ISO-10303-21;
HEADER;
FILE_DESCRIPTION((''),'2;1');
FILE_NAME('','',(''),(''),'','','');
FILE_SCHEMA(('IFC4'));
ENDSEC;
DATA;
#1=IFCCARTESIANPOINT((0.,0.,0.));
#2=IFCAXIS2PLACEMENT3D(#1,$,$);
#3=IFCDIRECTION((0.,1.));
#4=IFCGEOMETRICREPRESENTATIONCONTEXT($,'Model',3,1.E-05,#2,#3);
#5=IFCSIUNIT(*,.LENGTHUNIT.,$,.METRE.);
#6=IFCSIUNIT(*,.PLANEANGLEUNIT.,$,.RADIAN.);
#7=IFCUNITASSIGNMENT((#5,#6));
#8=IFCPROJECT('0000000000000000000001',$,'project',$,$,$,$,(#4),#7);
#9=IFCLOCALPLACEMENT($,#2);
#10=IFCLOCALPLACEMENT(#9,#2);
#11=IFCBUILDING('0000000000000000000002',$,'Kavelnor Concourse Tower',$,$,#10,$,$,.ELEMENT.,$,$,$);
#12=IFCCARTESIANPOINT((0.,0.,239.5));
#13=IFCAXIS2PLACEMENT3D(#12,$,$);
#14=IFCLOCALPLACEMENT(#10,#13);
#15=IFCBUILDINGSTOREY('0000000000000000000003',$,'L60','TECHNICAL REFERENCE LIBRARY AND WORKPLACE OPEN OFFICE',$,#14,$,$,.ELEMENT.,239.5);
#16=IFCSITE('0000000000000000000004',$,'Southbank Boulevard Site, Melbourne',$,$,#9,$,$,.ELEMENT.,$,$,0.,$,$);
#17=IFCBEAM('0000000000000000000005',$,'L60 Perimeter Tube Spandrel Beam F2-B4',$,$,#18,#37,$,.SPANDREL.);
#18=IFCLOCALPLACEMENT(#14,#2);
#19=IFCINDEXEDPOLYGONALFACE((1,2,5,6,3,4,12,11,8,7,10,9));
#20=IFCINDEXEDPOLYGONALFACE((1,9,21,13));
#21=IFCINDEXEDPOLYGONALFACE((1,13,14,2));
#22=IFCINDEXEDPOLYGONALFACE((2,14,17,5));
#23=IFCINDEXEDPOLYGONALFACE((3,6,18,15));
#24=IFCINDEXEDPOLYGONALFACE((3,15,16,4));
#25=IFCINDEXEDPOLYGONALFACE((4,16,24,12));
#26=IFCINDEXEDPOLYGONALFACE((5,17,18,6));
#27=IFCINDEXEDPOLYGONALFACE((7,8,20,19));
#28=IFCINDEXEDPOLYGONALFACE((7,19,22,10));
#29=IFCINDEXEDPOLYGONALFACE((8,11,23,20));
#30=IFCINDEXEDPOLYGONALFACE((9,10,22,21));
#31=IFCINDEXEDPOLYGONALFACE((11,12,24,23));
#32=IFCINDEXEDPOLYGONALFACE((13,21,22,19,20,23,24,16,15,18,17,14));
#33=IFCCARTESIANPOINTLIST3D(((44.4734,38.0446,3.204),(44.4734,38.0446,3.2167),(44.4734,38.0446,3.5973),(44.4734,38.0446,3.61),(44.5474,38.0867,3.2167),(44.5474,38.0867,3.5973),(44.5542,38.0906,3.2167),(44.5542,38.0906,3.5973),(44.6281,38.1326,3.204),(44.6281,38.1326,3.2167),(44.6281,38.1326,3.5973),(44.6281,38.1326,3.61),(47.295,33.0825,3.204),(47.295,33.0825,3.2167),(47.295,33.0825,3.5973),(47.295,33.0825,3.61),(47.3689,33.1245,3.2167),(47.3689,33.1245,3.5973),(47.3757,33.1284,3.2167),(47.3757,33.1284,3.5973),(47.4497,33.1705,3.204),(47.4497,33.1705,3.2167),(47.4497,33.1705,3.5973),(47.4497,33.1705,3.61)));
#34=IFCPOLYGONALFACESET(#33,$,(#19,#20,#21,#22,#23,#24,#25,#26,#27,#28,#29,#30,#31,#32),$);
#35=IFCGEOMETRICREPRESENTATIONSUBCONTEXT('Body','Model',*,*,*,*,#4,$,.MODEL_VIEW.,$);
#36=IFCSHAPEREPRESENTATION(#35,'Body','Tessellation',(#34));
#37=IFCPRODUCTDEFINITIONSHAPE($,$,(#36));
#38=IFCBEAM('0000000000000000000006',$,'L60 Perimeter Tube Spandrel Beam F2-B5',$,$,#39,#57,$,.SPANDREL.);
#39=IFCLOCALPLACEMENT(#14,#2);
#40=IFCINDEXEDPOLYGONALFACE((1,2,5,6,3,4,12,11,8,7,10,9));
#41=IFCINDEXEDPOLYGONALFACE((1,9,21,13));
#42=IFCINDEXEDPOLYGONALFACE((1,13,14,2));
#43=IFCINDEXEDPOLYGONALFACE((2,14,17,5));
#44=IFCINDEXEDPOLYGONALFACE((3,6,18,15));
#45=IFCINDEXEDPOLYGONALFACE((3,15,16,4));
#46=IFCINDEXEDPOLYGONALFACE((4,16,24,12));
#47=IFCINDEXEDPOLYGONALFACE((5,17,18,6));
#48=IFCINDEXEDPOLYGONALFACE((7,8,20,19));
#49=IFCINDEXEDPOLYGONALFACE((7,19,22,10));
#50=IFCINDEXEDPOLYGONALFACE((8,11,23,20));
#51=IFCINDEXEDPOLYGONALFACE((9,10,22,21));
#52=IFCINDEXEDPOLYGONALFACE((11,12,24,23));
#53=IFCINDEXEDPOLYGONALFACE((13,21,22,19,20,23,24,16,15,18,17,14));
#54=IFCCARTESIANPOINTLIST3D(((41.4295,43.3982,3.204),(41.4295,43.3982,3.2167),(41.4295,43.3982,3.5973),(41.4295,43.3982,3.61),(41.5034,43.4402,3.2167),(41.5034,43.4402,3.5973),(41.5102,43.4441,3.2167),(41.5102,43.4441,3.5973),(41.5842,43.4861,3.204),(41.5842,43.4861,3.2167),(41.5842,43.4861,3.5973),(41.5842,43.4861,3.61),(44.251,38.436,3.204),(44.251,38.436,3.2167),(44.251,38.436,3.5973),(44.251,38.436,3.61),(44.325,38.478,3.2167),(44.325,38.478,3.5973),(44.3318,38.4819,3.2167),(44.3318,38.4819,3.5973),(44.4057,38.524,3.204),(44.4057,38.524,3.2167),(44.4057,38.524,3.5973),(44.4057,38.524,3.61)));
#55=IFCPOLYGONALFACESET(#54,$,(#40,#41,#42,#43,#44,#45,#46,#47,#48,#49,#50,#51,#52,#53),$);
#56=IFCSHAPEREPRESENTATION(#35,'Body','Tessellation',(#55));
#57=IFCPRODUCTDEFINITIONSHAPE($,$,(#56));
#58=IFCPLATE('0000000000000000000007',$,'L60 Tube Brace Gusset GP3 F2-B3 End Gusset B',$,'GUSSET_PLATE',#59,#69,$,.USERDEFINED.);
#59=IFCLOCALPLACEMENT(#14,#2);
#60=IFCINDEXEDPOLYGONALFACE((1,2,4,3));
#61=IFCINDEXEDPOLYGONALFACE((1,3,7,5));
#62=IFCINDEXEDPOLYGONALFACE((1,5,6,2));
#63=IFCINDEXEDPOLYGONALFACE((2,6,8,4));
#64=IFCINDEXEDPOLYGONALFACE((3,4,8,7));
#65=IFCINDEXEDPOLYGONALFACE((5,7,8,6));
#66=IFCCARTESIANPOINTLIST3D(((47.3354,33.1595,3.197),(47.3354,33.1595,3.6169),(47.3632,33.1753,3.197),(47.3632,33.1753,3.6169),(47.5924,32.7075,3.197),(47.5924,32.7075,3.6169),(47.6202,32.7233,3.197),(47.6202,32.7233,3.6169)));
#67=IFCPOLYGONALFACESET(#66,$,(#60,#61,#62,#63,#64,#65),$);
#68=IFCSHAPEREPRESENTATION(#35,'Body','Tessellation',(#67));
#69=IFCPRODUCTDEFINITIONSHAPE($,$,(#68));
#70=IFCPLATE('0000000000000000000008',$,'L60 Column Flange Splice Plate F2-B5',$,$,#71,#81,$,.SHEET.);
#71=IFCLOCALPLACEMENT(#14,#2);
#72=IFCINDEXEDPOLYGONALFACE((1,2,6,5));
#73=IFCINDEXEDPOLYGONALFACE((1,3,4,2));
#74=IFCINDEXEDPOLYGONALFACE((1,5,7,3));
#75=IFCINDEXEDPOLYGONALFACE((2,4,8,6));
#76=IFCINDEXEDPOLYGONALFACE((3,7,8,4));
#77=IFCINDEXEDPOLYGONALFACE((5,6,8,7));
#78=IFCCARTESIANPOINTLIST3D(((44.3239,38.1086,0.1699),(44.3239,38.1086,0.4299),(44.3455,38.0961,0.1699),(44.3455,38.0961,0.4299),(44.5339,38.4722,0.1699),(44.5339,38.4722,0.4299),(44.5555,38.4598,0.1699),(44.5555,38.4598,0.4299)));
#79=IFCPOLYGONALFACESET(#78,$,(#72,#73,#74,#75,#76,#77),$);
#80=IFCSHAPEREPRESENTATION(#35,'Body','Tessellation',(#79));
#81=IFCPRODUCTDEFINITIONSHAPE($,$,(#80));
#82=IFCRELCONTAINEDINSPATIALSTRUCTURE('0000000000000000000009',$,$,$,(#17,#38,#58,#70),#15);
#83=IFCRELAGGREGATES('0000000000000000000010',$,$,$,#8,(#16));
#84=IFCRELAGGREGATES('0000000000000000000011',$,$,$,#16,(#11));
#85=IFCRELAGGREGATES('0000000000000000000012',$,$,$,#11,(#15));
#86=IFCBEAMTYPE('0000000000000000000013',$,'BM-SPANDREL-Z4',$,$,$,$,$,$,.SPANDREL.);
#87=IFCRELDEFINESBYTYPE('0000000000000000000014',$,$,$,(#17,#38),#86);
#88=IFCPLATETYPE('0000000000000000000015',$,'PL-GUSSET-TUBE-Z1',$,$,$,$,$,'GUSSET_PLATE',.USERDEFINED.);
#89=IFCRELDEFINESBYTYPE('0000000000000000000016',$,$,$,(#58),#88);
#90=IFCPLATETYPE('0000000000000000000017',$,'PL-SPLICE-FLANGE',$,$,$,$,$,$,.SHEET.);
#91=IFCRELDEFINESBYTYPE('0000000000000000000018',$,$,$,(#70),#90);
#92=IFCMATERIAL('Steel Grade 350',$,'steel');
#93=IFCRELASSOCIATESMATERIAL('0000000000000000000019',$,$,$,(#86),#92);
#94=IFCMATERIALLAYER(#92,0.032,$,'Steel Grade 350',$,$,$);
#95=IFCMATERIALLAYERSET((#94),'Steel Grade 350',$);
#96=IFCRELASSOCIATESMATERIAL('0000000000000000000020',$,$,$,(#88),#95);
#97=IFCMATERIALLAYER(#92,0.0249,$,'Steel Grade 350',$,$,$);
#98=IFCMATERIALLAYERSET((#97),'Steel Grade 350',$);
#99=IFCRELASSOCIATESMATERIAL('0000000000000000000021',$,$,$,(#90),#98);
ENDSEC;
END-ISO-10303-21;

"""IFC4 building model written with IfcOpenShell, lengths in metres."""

from ifc_helpers import new_model, si_unit, direction, frame, origin, origin_2d, place, context, subcontext, project, spatial, rectangle, i_section, extrude, material, layer, layer_set, material_profile, profile_set, type_object, element, save


model = new_model("IFC4")

# Units and contexts
model_context = context("Model", 3, precision=1e-05, world=origin(), true_north=direction((0.0, 1.0)))
body_context = subcontext(model_context, "Body", "Model", "MODEL_VIEW")
ifc_project = project(units=[si_unit("LENGTHUNIT", "METRE"), si_unit("PLANEANGLEUNIT", "RADIAN")], contexts=[model_context])

# Site, building, storey
site_placement = place(None, origin())
site = spatial("IfcSite", under=ifc_project, at=site_placement, Name="Southbank Boulevard Site, Melbourne", CompositionType="ELEMENT", RefElevation=0.0)
building_placement = place(site_placement, origin())
building = spatial("IfcBuilding", under=site, at=building_placement, Name="Kavelnor Concourse Tower", CompositionType="ELEMENT")
storey_placement = place(building_placement, frame((0.0, 0.0, 239.5)))
storey = spatial("IfcBuildingStorey", under=building, at=storey_placement, Name="L60", Description="TECHNICAL REFERENCE LIBRARY AND WORKPLACE OPEN OFFICE", CompositionType="ELEMENT", Elevation=239.5)

# Shared definitions
ifc_material_1 = material(Name="Steel Grade 350", Category="steel")

# Beams
ifc_material_profile_1 = material_profile(ifc_material_1, i_section(OverallWidth=0.178, OverallDepth=0.406, WebThickness=0.0078, FlangeThickness=0.0127, at=origin_2d()), Name="410UB59")
ifc_profile_set_1 = profile_set([ifc_material_profile_1], Name="Steel Grade 350")
beam_type_1 = type_object("IfcBeamType", Name="BM-SPANDREL-Z4", PredefinedType="SPANDREL", material=ifc_profile_set_1)
for number, where, z_axis, x_axis, name in (
    (1, (47.3723, 33.1265, 3.407), (-0.494291, 0.869297, 0.0), (-0.869297, -0.494291, 0.0), "L60 Perimeter Tube Spandrel Beam F2-B4"),
    (2, (44.3284, 38.48, 3.407), (-0.494291, 0.869297, 0.0), (-0.869297, -0.494291, 0.0), "L60 Perimeter Tube Spandrel Beam F2-B5"),
):
    element("IfcBeam", number, at=place(storey_placement, frame(where, z_axis=z_axis, x_axis=x_axis)), inside=storey, type_object=beam_type_1, Name=name, PredefinedType="SPANDREL", context=body_context, shape_type="SweptSolid", body=[
        extrude(i_section(OverallWidth=0.178, OverallDepth=0.406, WebThickness=0.0078, FlangeThickness=0.0127, at=origin_2d()), origin(), (0.0, 0.0, 1.0), 5.7083),
    ])

# Plates
ifc_layer_1 = layer(ifc_material_1, 0.032, Name="Steel Grade 350")
ifc_layer_set_1 = layer_set([ifc_layer_1], Name="Steel Grade 350")
plate_type_1 = type_object("IfcPlateType", Name="PL-GUSSET-TUBE-Z1", ElementType="GUSSET_PLATE", PredefinedType="USERDEFINED", material=ifc_layer_set_1)
plate_1_placement = place(storey_placement, frame((47.4778, 32.9414, 3.197), z_axis=(0.0, 0.0, 1.0), x_axis=(-0.494245, 0.869322, 0.0)))
element("IfcPlate", 3, at=plate_1_placement, inside=storey, type_object=plate_type_1, Name="L60 Tube Brace Gusset GP3 F2-B3 End Gusset B", ObjectType="GUSSET_PLATE", PredefinedType="USERDEFINED", context=body_context, shape_type="SweptSolid", body=[
    extrude(rectangle(XDim=0.52, YDim=0.032, at=origin_2d()), origin(), (0.0, 0.0, 1.0), 0.4199),
])
ifc_layer_2 = layer(ifc_material_1, 0.0249, Name="Steel Grade 350")
ifc_layer_set_2 = layer_set([ifc_layer_2], Name="Steel Grade 350")
plate_type_2 = type_object("IfcPlateType", Name="PL-SPLICE-FLANGE", PredefinedType="SHEET", material=ifc_layer_set_2)
plate_2_placement = place(storey_placement, frame((44.4397, 38.2842, 0.1699), z_axis=(0.0, 0.0, 1.0), x_axis=(-0.5, -0.866025, 0.0)))
element("IfcPlate", 4, at=plate_2_placement, inside=storey, type_object=plate_type_2, Name="L60 Column Flange Splice Plate F2-B5", PredefinedType="SHEET", context=body_context, shape_type="SweptSolid", body=[
    extrude(rectangle(XDim=0.4199, YDim=0.0249, at=origin_2d()), origin(), (0.0, 0.0, 1.0), 0.26),
])

save(model, "model.ifc")
